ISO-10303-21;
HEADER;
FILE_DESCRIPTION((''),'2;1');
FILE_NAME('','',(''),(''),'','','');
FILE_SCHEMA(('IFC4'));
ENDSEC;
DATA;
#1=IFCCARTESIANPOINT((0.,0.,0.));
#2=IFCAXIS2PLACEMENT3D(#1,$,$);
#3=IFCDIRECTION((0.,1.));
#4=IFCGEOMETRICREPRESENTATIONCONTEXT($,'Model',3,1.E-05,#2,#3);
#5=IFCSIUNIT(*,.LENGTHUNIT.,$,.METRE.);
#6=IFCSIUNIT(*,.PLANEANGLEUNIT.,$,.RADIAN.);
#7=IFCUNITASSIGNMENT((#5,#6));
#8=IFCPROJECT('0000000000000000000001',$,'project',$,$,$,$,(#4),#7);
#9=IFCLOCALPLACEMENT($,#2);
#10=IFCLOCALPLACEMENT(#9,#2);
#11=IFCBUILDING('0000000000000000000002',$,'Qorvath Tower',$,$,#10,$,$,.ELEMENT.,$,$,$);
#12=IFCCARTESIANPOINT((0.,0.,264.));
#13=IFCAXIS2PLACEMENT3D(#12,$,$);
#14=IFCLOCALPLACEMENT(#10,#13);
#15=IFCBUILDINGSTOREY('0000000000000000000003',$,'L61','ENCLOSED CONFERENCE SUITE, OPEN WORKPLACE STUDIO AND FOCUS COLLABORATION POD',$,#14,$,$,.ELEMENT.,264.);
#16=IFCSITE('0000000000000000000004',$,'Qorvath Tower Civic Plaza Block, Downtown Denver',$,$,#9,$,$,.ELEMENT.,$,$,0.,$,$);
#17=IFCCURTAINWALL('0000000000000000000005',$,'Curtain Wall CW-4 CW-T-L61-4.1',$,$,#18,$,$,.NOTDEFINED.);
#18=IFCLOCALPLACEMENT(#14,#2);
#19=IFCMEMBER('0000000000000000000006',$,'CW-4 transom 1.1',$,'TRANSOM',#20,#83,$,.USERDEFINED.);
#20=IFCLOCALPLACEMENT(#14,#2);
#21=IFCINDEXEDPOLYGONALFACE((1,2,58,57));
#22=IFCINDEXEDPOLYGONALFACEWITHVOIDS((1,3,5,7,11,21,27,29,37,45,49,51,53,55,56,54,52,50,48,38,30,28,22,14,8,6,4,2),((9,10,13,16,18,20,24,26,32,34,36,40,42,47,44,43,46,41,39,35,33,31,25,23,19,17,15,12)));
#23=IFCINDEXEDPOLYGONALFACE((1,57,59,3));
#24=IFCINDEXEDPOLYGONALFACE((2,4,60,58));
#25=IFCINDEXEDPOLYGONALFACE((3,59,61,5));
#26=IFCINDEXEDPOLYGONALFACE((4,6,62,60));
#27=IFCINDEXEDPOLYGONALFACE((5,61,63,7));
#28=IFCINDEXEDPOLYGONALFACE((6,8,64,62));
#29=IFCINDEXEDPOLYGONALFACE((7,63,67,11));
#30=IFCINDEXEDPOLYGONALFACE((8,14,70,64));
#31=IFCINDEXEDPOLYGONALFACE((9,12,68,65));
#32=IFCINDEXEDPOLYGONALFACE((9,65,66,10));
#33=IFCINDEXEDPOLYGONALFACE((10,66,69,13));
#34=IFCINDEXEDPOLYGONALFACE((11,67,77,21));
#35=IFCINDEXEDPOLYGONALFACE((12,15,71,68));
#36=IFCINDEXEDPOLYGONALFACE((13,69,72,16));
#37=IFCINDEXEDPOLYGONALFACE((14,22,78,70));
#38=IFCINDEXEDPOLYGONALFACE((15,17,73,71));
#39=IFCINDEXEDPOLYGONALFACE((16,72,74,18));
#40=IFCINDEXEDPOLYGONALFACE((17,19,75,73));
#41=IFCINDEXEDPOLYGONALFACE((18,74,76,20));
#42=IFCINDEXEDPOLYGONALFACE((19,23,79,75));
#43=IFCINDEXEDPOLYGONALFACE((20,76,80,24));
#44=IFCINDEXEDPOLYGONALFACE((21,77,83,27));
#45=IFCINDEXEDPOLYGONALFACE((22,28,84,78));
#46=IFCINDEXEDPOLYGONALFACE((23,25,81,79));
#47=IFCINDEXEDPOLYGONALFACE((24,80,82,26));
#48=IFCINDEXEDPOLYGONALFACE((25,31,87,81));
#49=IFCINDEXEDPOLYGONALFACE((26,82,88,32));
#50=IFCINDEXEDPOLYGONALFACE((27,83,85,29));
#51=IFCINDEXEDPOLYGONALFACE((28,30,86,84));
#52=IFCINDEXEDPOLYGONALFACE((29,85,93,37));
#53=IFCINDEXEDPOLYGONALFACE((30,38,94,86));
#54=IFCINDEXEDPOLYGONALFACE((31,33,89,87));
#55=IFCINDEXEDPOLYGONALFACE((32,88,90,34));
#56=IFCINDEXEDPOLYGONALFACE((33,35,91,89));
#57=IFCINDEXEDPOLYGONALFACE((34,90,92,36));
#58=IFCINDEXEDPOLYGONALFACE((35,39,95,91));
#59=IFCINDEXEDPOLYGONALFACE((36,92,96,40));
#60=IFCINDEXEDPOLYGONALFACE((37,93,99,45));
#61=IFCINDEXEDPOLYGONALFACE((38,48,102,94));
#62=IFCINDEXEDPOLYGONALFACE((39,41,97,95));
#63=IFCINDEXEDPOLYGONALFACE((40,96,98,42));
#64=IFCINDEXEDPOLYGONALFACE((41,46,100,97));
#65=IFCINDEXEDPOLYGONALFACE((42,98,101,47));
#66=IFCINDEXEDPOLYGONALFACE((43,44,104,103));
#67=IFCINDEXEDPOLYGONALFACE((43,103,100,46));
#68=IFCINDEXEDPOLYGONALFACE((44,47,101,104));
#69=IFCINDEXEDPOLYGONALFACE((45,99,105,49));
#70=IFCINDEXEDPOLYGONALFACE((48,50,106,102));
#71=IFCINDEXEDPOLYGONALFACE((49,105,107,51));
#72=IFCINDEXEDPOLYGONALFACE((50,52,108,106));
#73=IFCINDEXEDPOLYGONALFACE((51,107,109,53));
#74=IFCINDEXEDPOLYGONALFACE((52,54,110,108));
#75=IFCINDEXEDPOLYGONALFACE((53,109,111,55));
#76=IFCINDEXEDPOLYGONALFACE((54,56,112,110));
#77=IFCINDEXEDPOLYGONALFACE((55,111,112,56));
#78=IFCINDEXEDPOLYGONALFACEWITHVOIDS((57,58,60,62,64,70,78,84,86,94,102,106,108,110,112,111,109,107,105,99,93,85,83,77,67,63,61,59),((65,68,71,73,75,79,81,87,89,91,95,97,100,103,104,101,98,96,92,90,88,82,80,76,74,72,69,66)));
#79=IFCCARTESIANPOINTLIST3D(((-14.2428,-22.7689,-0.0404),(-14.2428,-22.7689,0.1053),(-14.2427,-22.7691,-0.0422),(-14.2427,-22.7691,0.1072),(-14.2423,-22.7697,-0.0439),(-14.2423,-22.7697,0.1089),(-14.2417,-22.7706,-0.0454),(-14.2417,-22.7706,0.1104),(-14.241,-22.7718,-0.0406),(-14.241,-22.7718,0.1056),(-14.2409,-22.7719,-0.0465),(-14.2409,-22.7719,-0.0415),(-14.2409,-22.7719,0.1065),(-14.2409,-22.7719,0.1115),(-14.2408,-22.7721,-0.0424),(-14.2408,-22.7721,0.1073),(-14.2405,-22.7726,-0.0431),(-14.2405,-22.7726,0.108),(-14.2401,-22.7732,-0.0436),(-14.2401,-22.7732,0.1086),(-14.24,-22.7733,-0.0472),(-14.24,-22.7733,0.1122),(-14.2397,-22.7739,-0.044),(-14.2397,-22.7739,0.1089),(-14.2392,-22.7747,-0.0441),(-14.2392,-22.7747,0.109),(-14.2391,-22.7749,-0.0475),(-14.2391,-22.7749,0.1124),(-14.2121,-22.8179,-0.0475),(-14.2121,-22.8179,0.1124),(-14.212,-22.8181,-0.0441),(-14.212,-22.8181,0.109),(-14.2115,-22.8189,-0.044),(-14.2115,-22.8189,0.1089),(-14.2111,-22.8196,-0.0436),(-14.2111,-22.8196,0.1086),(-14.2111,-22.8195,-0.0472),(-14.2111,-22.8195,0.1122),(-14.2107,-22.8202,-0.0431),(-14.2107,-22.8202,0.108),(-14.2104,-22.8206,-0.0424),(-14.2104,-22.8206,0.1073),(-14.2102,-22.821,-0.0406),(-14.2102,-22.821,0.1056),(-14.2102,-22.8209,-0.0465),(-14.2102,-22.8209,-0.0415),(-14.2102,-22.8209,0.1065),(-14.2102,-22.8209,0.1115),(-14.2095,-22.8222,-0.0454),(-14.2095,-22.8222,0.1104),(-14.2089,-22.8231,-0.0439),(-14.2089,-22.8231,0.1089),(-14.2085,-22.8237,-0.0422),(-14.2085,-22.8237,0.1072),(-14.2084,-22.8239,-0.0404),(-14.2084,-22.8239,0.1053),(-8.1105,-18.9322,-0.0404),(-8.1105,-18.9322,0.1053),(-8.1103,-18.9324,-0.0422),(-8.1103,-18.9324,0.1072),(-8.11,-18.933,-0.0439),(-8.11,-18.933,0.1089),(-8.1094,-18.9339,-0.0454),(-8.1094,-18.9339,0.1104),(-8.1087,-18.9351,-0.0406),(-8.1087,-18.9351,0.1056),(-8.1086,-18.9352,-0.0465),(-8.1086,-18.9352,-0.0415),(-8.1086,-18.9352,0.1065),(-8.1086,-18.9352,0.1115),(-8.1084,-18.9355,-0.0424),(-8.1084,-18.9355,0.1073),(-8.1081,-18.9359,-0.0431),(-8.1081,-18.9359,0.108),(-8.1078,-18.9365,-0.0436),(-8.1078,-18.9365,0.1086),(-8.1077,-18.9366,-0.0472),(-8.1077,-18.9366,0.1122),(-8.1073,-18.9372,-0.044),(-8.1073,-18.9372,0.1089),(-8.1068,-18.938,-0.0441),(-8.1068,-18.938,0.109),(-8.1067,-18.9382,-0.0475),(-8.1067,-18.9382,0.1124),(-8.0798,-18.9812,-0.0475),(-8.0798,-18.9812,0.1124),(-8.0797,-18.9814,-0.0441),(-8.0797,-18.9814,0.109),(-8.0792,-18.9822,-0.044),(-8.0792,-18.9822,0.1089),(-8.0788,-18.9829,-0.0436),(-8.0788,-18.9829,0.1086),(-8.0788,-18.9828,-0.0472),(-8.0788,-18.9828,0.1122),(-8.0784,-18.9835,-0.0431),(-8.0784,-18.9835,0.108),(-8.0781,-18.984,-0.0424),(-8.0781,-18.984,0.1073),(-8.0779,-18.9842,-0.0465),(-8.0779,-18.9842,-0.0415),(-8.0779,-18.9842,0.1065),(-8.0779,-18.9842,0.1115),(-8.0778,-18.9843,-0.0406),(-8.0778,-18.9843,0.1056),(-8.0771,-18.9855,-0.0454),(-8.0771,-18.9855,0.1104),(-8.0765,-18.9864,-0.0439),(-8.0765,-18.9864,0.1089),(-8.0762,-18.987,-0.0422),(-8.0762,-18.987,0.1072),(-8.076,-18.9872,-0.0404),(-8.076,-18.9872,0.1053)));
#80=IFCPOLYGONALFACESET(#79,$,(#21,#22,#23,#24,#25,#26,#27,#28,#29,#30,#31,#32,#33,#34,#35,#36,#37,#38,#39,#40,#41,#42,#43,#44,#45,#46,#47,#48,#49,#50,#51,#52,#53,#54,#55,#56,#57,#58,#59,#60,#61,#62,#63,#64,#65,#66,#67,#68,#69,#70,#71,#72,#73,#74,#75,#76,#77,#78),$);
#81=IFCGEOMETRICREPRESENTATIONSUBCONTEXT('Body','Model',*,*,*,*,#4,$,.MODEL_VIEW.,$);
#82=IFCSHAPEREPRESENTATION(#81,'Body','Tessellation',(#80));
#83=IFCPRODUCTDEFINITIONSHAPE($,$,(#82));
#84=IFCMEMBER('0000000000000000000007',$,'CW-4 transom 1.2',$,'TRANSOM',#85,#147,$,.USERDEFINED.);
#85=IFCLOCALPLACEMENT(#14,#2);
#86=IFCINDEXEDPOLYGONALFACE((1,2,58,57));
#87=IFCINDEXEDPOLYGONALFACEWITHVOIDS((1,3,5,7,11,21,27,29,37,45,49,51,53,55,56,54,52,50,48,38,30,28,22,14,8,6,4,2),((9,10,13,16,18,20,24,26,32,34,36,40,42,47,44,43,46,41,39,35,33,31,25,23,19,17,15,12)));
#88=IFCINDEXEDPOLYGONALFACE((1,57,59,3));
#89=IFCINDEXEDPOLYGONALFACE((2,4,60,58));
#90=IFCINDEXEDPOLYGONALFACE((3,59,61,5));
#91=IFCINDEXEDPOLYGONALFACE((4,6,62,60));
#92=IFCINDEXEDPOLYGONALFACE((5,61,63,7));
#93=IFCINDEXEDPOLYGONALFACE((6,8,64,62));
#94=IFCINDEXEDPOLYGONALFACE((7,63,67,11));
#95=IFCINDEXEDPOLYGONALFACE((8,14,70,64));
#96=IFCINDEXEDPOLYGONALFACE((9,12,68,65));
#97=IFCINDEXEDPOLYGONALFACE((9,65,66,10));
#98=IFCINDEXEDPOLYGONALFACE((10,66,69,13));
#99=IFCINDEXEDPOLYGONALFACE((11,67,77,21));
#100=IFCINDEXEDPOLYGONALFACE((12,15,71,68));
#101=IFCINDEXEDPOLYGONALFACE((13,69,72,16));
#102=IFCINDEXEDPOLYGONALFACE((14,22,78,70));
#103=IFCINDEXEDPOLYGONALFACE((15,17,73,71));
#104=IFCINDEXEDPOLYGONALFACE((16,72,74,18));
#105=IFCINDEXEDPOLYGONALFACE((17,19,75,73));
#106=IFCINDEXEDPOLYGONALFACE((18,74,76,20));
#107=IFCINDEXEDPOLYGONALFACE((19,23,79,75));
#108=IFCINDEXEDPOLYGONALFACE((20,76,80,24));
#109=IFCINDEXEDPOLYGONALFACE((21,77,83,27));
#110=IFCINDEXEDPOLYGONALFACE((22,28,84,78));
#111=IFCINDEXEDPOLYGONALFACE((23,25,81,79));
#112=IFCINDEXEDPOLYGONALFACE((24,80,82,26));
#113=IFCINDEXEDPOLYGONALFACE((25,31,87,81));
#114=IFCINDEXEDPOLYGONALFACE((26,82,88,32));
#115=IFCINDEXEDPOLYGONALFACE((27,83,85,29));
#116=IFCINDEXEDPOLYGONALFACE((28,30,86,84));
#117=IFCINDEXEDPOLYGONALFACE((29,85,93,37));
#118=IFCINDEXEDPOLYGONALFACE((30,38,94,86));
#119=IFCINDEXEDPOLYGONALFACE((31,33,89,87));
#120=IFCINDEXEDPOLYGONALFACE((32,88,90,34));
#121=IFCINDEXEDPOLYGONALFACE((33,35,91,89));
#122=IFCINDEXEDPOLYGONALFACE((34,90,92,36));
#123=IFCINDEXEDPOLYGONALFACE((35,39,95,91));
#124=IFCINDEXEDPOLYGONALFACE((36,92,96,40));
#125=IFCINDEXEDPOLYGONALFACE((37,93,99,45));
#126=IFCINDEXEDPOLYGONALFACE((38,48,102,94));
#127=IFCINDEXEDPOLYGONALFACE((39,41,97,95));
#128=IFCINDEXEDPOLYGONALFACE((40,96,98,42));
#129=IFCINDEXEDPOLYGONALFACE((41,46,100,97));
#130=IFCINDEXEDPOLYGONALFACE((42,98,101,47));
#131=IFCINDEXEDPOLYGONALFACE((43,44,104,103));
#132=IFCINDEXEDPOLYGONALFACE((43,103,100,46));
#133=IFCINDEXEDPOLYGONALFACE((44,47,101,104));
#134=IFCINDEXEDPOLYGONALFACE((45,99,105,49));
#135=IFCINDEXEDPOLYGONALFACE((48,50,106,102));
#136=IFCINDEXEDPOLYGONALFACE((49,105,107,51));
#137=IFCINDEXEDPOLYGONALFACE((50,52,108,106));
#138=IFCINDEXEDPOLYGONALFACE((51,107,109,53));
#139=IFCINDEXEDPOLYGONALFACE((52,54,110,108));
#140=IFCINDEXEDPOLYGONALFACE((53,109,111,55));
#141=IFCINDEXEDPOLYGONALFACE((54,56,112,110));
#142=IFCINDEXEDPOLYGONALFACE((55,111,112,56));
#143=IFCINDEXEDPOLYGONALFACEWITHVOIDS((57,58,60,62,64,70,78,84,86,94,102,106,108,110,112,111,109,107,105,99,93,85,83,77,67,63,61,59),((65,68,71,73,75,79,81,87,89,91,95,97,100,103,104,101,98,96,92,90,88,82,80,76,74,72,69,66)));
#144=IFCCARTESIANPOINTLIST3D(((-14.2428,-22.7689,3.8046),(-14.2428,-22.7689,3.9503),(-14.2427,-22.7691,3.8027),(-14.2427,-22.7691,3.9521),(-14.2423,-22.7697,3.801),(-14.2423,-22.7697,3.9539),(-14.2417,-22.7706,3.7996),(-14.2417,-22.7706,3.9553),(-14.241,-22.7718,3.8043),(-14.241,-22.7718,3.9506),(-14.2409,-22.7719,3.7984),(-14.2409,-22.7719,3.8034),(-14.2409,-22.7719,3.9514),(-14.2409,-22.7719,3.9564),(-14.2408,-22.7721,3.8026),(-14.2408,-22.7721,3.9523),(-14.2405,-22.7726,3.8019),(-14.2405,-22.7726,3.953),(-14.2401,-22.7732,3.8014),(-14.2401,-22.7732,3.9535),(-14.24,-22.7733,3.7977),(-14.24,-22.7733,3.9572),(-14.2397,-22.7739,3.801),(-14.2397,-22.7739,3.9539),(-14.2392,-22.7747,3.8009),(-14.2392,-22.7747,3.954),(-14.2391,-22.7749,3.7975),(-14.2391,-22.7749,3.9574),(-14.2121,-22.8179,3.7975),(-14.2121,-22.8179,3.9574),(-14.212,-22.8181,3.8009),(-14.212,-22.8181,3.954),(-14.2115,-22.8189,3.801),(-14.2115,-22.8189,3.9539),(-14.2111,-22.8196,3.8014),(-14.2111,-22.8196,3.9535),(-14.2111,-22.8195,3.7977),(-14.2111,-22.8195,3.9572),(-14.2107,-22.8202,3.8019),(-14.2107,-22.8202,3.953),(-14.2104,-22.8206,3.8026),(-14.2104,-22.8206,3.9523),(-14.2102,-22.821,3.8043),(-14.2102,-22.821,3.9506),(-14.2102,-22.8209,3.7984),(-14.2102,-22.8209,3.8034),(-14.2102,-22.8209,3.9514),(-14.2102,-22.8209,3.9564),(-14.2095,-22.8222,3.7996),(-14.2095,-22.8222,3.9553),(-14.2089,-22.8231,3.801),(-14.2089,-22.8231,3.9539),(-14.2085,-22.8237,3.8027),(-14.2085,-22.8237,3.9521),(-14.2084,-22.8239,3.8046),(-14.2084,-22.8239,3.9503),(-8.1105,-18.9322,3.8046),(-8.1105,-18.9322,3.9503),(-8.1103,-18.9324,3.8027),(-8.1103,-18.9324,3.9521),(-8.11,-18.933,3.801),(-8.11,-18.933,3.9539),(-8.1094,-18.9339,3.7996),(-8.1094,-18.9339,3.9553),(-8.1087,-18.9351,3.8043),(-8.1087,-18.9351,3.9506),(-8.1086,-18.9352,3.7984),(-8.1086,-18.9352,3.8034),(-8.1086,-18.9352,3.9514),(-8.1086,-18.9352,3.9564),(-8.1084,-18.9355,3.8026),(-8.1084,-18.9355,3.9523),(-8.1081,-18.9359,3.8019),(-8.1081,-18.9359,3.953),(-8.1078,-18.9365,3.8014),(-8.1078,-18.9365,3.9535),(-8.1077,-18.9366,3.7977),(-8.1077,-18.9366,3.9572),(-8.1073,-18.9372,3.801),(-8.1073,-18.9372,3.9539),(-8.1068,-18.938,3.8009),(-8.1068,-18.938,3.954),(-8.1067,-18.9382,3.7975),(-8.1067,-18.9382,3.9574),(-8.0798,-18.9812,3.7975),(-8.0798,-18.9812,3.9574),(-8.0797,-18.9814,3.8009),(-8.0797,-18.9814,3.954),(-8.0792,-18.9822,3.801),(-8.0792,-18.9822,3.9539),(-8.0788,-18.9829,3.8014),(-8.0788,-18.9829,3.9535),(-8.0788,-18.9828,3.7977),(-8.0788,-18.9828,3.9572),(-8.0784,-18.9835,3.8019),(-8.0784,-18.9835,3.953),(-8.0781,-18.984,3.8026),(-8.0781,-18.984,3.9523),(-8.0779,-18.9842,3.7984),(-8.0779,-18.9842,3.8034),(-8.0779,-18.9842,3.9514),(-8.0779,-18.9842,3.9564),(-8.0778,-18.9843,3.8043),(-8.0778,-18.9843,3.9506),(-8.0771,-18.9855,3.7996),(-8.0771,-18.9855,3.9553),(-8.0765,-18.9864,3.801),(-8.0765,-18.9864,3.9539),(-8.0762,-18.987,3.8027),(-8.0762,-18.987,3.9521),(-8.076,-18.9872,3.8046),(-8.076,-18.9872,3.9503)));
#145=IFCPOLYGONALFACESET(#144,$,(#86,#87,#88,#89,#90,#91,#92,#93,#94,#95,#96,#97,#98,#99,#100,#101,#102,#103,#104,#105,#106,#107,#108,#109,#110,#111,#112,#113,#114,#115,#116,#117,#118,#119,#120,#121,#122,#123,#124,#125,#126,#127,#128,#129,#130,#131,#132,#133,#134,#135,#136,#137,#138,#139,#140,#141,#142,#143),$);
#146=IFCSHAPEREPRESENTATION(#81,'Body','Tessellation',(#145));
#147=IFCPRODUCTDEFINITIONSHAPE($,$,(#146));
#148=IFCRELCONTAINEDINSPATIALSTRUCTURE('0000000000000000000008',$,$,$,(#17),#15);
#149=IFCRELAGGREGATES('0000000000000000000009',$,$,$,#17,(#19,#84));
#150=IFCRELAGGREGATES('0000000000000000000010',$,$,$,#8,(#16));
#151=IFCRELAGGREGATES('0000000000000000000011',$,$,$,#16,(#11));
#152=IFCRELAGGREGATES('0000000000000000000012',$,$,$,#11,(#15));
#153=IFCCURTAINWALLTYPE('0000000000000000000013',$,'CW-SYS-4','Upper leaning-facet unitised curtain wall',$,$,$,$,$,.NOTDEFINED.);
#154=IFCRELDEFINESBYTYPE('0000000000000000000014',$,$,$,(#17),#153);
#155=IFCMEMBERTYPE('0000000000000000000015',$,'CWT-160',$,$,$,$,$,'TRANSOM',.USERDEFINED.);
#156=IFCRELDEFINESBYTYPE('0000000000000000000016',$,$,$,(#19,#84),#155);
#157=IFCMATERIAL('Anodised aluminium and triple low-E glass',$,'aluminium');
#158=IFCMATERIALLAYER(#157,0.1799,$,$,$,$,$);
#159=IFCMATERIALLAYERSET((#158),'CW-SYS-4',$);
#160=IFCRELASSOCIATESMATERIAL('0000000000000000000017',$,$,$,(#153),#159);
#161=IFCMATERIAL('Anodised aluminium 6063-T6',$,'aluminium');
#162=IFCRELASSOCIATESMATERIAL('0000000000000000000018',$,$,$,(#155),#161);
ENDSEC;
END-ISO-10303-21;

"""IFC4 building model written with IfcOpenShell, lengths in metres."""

from ifc_helpers import new_model, si_unit, direction, frame, origin, origin_2d, place, context, subcontext, project, spatial, hollow_rectangle, extrude, material, layer, layer_set, material_profile, profile_set, type_object, element, aggregate, save


model = new_model("IFC4")

# Units and contexts
model_context = context("Model", 3, precision=1e-05, world=origin(), true_north=direction((0.0, 1.0)))
body_context = subcontext(model_context, "Body", "Model", "MODEL_VIEW")
ifc_project = project(units=[si_unit("LENGTHUNIT", "METRE"), si_unit("PLANEANGLEUNIT", "RADIAN")], contexts=[model_context])

# Site, building, storey
site_placement = place(None, origin())
site = spatial("IfcSite", under=ifc_project, at=site_placement, Name="Qorvath Tower Civic Plaza Block, Downtown Denver", CompositionType="ELEMENT", RefElevation=0.0)
building_placement = place(site_placement, origin())
building = spatial("IfcBuilding", under=site, at=building_placement, Name="Qorvath Tower", CompositionType="ELEMENT")
storey_placement = place(building_placement, frame((0.0, 0.0, 264.0)))
storey = spatial("IfcBuildingStorey", under=building, at=storey_placement, Name="L61", Description="ENCLOSED CONFERENCE SUITE, OPEN WORKPLACE STUDIO AND FOCUS COLLABORATION POD", CompositionType="ELEMENT", Elevation=264.0)

# Shared definitions
ifc_material_1 = material(Name="Anodised aluminium and triple low-E glass", Category="aluminium")
ifc_layer_1 = layer(ifc_material_1, 0.1799)
ifc_layer_set_1 = layer_set([ifc_layer_1], Name="CW-SYS-4")
curtain_wall_type = type_object("IfcCurtainWallType", Name="CW-SYS-4", Description="Upper leaning-facet unitised curtain wall", PredefinedType="NOTDEFINED", material=ifc_layer_set_1)

# Curtain wall
curtain_wall_1_placement = place(storey_placement, origin())
curtain_wall_1 = element("IfcCurtainWall", 1, at=curtain_wall_1_placement, inside=storey, type_object=curtain_wall_type, Name="Curtain Wall CW-4 CW-T-L61-4.1", PredefinedType="NOTDEFINED")

# Members
ifc_material_2 = material(Name="Anodised aluminium 6063-T6", Category="aluminium")
ifc_material_profile_1 = material_profile(ifc_material_2, hollow_rectangle(XDim=0.0649, YDim=0.1599, WallThickness=0.0034, InnerFilletRadius=0.0034, OuterFilletRadius=0.0071, at=origin_2d()), Name="CWT 160x65")
ifc_profile_set_1 = profile_set([ifc_material_profile_1], Name="Anodised aluminium 6063-T6")
member_type_1 = type_object("IfcMemberType", Name="CWT-160", ElementType="TRANSOM", PredefinedType="USERDEFINED", material=ifc_profile_set_1)
member_1_placement = place(storey_placement, frame((-14.2256, -22.7964, 0.0325), z_axis=(0.847752, 0.530393, 0.0), x_axis=(-0.530393, 0.847752, 0.0)))
member_1 = element("IfcMember", 2, at=member_1_placement, type_object=member_type_1, Name="CW-4 transom 1.1", ObjectType="TRANSOM", PredefinedType="USERDEFINED", context=body_context, shape_type="SweptSolid", body=[
    extrude(hollow_rectangle(XDim=0.0649, YDim=0.1599, WallThickness=0.0034, InnerFilletRadius=0.0034, OuterFilletRadius=0.0071, at=origin_2d()), origin(), (0.0, 0.0, 1.0), 7.2336),
])
member_2_placement = place(storey_placement, frame((-14.2256, -22.7964, 3.8774), z_axis=(0.847752, 0.530393, 0.0), x_axis=(-0.530393, 0.847752, 0.0)))
member_2 = element("IfcMember", 3, at=member_2_placement, type_object=member_type_1, Name="CW-4 transom 1.2", ObjectType="TRANSOM", PredefinedType="USERDEFINED", context=body_context, shape_type="SweptSolid", body=[
    extrude(hollow_rectangle(XDim=0.0649, YDim=0.1599, WallThickness=0.0034, InnerFilletRadius=0.0034, OuterFilletRadius=0.0071, at=origin_2d()), origin(), (0.0, 0.0, 1.0), 7.2336),
])

aggregate(curtain_wall_1, [member_1, member_2])

save(model, "model.ifc")
